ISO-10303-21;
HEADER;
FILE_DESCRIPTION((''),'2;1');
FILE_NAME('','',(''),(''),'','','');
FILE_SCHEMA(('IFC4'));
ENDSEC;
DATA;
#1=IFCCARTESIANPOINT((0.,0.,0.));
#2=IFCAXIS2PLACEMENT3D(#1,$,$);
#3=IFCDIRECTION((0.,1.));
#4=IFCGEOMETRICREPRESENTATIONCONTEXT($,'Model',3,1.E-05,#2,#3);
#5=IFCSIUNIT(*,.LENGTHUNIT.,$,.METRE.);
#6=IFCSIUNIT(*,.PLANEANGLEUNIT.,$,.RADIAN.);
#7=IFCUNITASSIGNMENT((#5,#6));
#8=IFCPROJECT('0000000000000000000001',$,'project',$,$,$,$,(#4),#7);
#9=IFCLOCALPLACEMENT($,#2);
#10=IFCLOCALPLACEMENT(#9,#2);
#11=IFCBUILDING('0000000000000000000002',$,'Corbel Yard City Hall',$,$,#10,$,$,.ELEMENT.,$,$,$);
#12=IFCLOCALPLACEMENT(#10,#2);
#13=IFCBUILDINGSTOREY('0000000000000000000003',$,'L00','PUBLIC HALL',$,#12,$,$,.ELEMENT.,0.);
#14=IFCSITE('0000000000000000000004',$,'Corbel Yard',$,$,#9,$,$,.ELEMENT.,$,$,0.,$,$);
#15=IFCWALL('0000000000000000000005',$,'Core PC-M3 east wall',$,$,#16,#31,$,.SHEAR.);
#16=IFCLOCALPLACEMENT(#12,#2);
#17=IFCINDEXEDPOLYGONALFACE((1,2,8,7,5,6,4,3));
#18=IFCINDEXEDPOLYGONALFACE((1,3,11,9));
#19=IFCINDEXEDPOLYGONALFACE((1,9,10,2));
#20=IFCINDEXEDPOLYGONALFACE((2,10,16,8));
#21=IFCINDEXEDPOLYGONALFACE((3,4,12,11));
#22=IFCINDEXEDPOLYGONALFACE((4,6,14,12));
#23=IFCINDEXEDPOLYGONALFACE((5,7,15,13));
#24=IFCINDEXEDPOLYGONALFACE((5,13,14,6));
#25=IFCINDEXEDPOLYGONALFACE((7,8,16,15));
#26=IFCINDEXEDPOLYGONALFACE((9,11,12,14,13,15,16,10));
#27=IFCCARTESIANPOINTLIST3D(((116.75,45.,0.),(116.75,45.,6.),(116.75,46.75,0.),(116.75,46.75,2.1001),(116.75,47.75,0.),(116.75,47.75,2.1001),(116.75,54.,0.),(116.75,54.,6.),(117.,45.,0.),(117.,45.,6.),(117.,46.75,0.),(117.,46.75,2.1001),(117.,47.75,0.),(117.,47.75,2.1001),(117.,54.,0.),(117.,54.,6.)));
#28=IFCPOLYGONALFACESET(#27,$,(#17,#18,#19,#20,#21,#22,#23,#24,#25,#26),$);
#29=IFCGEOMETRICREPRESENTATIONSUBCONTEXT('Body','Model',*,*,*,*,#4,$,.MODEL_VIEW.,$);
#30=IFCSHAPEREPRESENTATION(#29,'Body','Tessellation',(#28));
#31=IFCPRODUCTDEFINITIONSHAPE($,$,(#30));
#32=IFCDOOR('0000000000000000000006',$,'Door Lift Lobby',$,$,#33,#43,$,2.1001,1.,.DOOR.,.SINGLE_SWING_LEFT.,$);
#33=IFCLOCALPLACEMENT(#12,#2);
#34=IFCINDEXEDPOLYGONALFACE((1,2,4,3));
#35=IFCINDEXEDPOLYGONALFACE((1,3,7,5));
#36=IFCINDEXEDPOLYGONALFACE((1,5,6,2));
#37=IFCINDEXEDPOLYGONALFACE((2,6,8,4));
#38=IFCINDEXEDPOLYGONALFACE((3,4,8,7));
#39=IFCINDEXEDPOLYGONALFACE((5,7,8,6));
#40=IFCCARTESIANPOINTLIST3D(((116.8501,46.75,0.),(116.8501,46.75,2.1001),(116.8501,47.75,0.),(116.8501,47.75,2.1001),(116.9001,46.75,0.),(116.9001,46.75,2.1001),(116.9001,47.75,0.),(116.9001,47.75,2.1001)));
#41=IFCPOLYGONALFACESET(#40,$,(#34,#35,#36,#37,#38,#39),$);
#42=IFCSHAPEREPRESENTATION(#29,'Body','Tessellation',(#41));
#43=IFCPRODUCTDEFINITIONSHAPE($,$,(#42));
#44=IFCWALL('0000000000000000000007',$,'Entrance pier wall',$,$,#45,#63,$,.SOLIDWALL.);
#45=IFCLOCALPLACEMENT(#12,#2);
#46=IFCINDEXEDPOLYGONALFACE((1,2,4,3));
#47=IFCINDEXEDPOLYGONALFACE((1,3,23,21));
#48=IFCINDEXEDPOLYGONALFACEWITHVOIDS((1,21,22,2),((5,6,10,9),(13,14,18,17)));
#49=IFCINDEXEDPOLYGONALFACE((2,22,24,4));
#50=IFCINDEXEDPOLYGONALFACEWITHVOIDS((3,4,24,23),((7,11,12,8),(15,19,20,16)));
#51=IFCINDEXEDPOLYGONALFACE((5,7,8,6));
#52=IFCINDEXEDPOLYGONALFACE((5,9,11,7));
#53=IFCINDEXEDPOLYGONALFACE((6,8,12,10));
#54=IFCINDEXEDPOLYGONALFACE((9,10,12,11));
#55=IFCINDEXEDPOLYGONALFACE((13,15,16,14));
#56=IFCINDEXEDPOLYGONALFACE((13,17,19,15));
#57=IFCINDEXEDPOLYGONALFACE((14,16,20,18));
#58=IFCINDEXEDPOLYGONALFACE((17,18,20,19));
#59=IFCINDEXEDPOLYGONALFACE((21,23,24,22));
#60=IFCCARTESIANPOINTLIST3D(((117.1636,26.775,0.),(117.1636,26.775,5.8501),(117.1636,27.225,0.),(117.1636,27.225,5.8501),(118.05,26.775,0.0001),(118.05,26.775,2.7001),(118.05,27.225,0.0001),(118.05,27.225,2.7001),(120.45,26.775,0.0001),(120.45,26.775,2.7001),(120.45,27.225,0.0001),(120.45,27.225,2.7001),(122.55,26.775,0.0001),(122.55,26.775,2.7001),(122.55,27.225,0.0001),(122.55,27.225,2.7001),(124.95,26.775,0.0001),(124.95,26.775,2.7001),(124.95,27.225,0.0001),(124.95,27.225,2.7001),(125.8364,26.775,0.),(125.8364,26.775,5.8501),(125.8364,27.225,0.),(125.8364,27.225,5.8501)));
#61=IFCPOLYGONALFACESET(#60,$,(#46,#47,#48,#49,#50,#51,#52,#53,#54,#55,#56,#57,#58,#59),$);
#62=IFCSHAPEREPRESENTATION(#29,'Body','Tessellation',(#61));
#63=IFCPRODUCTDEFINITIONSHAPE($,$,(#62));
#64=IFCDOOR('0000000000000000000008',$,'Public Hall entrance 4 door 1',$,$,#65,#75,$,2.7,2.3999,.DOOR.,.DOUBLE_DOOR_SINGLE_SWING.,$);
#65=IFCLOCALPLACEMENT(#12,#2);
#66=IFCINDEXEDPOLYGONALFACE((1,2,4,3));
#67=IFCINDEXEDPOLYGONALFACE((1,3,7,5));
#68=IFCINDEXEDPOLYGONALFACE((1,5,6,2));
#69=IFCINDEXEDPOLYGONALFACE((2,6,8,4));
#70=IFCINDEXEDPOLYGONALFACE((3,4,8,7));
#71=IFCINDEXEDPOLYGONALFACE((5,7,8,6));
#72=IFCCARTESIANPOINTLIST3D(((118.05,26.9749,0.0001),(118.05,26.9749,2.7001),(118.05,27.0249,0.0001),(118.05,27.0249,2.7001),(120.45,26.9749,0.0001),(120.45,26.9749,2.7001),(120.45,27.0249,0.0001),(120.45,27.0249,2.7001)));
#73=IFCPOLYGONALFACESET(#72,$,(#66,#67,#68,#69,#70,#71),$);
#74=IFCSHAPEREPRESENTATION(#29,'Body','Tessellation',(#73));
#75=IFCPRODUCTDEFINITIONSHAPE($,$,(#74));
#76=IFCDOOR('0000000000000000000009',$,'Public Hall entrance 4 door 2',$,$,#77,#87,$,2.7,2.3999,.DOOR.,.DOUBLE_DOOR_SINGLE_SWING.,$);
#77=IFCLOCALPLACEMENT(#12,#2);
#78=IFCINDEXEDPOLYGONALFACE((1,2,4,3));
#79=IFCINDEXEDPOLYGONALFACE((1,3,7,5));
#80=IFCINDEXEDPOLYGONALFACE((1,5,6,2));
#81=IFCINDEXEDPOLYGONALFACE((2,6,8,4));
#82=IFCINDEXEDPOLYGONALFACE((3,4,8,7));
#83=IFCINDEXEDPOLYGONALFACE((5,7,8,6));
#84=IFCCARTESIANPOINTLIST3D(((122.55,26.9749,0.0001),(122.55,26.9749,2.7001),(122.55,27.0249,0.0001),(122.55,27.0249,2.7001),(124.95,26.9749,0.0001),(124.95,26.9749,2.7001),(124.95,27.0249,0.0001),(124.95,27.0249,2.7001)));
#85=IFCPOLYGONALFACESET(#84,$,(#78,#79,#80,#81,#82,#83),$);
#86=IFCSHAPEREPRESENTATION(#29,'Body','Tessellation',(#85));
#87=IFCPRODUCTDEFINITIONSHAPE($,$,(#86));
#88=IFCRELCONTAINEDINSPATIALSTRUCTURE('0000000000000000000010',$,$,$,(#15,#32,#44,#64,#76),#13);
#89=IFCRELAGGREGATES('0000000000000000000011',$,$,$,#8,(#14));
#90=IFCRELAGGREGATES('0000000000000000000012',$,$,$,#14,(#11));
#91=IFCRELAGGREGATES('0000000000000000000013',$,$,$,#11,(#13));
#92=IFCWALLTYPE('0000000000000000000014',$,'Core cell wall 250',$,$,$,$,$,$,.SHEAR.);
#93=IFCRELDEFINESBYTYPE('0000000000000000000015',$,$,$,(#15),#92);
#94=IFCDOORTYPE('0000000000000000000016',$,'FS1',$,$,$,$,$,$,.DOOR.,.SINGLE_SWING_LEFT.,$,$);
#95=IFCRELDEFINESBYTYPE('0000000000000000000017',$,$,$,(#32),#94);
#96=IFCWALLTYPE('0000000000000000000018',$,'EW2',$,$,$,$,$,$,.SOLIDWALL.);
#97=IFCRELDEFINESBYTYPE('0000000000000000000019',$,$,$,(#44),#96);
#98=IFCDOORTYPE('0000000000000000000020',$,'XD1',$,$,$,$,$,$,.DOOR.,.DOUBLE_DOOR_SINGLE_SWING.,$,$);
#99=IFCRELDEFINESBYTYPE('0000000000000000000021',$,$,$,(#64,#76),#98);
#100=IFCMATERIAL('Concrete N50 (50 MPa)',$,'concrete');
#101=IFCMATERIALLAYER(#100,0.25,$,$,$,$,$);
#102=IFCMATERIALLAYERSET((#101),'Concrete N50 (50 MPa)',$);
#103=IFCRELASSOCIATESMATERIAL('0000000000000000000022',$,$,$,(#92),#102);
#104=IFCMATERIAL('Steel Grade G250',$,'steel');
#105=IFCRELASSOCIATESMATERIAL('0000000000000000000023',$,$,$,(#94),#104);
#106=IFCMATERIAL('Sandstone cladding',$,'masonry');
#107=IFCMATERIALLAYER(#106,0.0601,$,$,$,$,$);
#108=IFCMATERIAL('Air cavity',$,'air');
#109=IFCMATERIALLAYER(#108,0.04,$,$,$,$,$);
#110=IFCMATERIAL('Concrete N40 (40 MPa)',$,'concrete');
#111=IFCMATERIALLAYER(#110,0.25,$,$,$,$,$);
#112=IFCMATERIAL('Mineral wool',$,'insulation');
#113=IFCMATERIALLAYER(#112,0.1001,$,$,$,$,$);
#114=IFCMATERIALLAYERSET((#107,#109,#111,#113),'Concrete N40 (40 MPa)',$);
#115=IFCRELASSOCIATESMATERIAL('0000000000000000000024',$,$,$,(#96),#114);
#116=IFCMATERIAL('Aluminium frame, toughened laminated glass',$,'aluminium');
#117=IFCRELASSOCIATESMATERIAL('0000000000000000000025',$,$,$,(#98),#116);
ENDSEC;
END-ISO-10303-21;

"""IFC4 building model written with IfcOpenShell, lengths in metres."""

from ifc_helpers import new_model, si_unit, direction, frame, frame_2d, origin, place, context, subcontext, project, spatial, rectangle, extrude, material, layer, layer_set, type_object, element, fill, save


model = new_model("IFC4")

# Units and contexts
model_context = context("Model", 3, precision=1e-05, world=origin(), true_north=direction((0.0, 1.0)))
body_context = subcontext(model_context, "Body", "Model", "MODEL_VIEW")
ifc_project = project(units=[si_unit("LENGTHUNIT", "METRE"), si_unit("PLANEANGLEUNIT", "RADIAN")], contexts=[model_context])

# Site, building, storey
site_placement = place(None, origin())
site = spatial("IfcSite", under=ifc_project, at=site_placement, Name="Corbel Yard", CompositionType="ELEMENT", RefElevation=0.0)
building_placement = place(site_placement, origin())
building = spatial("IfcBuilding", under=site, at=building_placement, Name="Corbel Yard City Hall", CompositionType="ELEMENT")
storey_placement = place(building_placement, origin())
storey = spatial("IfcBuildingStorey", under=building, at=storey_placement, Name="L00", Description="PUBLIC HALL", CompositionType="ELEMENT", Elevation=0.0)

# Shared definitions
ifc_material_1 = material(Name="Concrete N40 (40 MPa)", Category="concrete")

# Wall, opening, door
ifc_material_2 = material(Name="Concrete N50 (50 MPa)", Category="concrete")
ifc_layer_1 = layer(ifc_material_2, 0.25)
ifc_layer_set_1 = layer_set([ifc_layer_1], Name="Concrete N50 (50 MPa)")
wall_type_1 = type_object("IfcWallType", Name="Core cell wall 250", PredefinedType="SHEAR", material=ifc_layer_set_1)
wall_1_placement = place(storey_placement, frame((116.875, 45.0, 0.0), z_axis=(0.0, 0.0, 1.0), x_axis=(0.0, 1.0, 0.0)))
wall_1 = element("IfcWall", 1, at=wall_1_placement, inside=storey, type_object=wall_type_1, Name="Core PC-M3 east wall", PredefinedType="SHEAR", context=body_context, shape_type="SweptSolid", body=[
    extrude(rectangle(XDim=9.0, YDim=0.25, at=frame_2d((4.5, 0.0))), origin(), (0.0, 0.0, 1.0), 6.0),
])
opening_1_placement = place(wall_1_placement, frame((1.75, 0.0, 0.0)))
opening_1 = element("IfcOpeningElement", 2, at=opening_1_placement, cuts=wall_1, PredefinedType="OPENING", context=body_context, shape_type="SweptSolid", body=[
    extrude(rectangle(XDim=1.0, YDim=2.1001, at=frame_2d((0.5, 1.05))), frame((0.0, 0.135, 0.0), z_axis=(0.0, -1.0, 0.0), x_axis=(1.0, 0.0, 0.0)), (0.0, 0.0, 1.0), 0.27),
])
ifc_material_3 = material(Name="Steel Grade G250", Category="steel")
door_type_1 = type_object("IfcDoorType", Name="FS1", OperationType="SINGLE_SWING_LEFT", PredefinedType="DOOR", material=ifc_material_3)
door_1_placement = place(opening_1_placement, origin())
door_1 = element("IfcDoor", 3, at=door_1_placement, inside=storey, type_object=door_type_1, Name="Door Lift Lobby", OperationType="SINGLE_SWING_LEFT", OverallHeight=2.1001, OverallWidth=1.0, PredefinedType="DOOR", context=body_context, shape_type="SweptSolid", body=[
    extrude(rectangle(XDim=1.0, YDim=2.1001, at=frame_2d((0.5, 1.05))), frame((0.0, 0.0249, 0.0), z_axis=(0.0, -1.0, 0.0), x_axis=(1.0, 0.0, 0.0)), (0.0, 0.0, 1.0), 0.05),
])
fill(opening_1, door_1)

# Wall, openings, doors
ifc_material_4 = material(Name="Sandstone cladding", Category="masonry")
ifc_layer_2 = layer(ifc_material_4, 0.0601)
ifc_material_5 = material(Name="Air cavity", Category="air")
ifc_layer_3 = layer(ifc_material_5, 0.04)
ifc_layer_4 = layer(ifc_material_1, 0.25)
ifc_material_6 = material(Name="Mineral wool", Category="insulation")
ifc_layer_5 = layer(ifc_material_6, 0.1001)
ifc_layer_set_2 = layer_set([ifc_layer_2, ifc_layer_3, ifc_layer_4, ifc_layer_5], Name="Concrete N40 (40 MPa)")
wall_type_2 = type_object("IfcWallType", Name="EW2", PredefinedType="SOLIDWALL", material=ifc_layer_set_2)
wall_2_placement = place(storey_placement, frame((117.1636, 27.0, 0.0), z_axis=(0.0, 0.0, 1.0), x_axis=(1.0, 0.0, 0.0)))
wall_2 = element("IfcWall", 4, at=wall_2_placement, inside=storey, type_object=wall_type_2, Name="Entrance pier wall", PredefinedType="SOLIDWALL", context=body_context, shape_type="SweptSolid", body=[
    extrude(rectangle(XDim=8.6729, YDim=0.45, at=frame_2d((4.3364, 0.0))), origin(), (0.0, 0.0, 1.0), 5.8501),
])
opening_2_placement = place(wall_2_placement, frame((0.8865, 0.0, 0.0)))
opening_2 = element("IfcOpeningElement", 5, at=opening_2_placement, cuts=wall_2, PredefinedType="OPENING", context=body_context, shape_type="SweptSolid", body=[
    extrude(rectangle(XDim=2.3999, YDim=2.7, at=frame_2d((1.2, 1.3501))), frame((0.0, 0.2349, 0.0), z_axis=(0.0, -1.0, 0.0), x_axis=(1.0, 0.0, 0.0)), (0.0, 0.0, 1.0), 0.47),
])
opening_3_placement = place(wall_2_placement, frame((5.3865, 0.0, 0.0)))
opening_3 = element("IfcOpeningElement", 6, at=opening_3_placement, cuts=wall_2, PredefinedType="OPENING", context=body_context, shape_type="SweptSolid", body=[
    extrude(rectangle(XDim=2.3999, YDim=2.7, at=frame_2d((1.2, 1.3501))), frame((0.0, 0.2349, 0.0), z_axis=(0.0, -1.0, 0.0), x_axis=(1.0, 0.0, 0.0)), (0.0, 0.0, 1.0), 0.47),
])
ifc_material_7 = material(Name="Aluminium frame, toughened laminated glass", Category="aluminium")
door_type_2 = type_object("IfcDoorType", Name="XD1", OperationType="DOUBLE_DOOR_SINGLE_SWING", PredefinedType="DOOR", material=ifc_material_7)
door_2_placement = place(opening_2_placement, origin())
door_2 = element("IfcDoor", 7, at=door_2_placement, inside=storey, type_object=door_type_2, Name="Public Hall entrance 4 door 1", OperationType="DOUBLE_DOOR_SINGLE_SWING", OverallHeight=2.7, OverallWidth=2.3999, PredefinedType="DOOR", context=body_context, shape_type="SweptSolid", body=[
    extrude(rectangle(XDim=2.3999, YDim=2.7, at=frame_2d((1.2, 1.3501))), frame((0.0, 0.0249, 0.0), z_axis=(0.0, -1.0, 0.0), x_axis=(1.0, 0.0, 0.0)), (0.0, 0.0, 1.0), 0.05),
])
fill(opening_2, door_2)
door_3_placement = place(opening_3_placement, origin())
door_3 = element("IfcDoor", 8, at=door_3_placement, inside=storey, type_object=door_type_2, Name="Public Hall entrance 4 door 2", OperationType="DOUBLE_DOOR_SINGLE_SWING", OverallHeight=2.7, OverallWidth=2.3999, PredefinedType="DOOR", context=body_context, shape_type="SweptSolid", body=[
    extrude(rectangle(XDim=2.3999, YDim=2.7, at=frame_2d((1.2, 1.3501))), frame((0.0, 0.0249, 0.0), z_axis=(0.0, -1.0, 0.0), x_axis=(1.0, 0.0, 0.0)), (0.0, 0.0, 1.0), 0.05),
])
fill(opening_3, door_3)

save(model, "model.ifc")
